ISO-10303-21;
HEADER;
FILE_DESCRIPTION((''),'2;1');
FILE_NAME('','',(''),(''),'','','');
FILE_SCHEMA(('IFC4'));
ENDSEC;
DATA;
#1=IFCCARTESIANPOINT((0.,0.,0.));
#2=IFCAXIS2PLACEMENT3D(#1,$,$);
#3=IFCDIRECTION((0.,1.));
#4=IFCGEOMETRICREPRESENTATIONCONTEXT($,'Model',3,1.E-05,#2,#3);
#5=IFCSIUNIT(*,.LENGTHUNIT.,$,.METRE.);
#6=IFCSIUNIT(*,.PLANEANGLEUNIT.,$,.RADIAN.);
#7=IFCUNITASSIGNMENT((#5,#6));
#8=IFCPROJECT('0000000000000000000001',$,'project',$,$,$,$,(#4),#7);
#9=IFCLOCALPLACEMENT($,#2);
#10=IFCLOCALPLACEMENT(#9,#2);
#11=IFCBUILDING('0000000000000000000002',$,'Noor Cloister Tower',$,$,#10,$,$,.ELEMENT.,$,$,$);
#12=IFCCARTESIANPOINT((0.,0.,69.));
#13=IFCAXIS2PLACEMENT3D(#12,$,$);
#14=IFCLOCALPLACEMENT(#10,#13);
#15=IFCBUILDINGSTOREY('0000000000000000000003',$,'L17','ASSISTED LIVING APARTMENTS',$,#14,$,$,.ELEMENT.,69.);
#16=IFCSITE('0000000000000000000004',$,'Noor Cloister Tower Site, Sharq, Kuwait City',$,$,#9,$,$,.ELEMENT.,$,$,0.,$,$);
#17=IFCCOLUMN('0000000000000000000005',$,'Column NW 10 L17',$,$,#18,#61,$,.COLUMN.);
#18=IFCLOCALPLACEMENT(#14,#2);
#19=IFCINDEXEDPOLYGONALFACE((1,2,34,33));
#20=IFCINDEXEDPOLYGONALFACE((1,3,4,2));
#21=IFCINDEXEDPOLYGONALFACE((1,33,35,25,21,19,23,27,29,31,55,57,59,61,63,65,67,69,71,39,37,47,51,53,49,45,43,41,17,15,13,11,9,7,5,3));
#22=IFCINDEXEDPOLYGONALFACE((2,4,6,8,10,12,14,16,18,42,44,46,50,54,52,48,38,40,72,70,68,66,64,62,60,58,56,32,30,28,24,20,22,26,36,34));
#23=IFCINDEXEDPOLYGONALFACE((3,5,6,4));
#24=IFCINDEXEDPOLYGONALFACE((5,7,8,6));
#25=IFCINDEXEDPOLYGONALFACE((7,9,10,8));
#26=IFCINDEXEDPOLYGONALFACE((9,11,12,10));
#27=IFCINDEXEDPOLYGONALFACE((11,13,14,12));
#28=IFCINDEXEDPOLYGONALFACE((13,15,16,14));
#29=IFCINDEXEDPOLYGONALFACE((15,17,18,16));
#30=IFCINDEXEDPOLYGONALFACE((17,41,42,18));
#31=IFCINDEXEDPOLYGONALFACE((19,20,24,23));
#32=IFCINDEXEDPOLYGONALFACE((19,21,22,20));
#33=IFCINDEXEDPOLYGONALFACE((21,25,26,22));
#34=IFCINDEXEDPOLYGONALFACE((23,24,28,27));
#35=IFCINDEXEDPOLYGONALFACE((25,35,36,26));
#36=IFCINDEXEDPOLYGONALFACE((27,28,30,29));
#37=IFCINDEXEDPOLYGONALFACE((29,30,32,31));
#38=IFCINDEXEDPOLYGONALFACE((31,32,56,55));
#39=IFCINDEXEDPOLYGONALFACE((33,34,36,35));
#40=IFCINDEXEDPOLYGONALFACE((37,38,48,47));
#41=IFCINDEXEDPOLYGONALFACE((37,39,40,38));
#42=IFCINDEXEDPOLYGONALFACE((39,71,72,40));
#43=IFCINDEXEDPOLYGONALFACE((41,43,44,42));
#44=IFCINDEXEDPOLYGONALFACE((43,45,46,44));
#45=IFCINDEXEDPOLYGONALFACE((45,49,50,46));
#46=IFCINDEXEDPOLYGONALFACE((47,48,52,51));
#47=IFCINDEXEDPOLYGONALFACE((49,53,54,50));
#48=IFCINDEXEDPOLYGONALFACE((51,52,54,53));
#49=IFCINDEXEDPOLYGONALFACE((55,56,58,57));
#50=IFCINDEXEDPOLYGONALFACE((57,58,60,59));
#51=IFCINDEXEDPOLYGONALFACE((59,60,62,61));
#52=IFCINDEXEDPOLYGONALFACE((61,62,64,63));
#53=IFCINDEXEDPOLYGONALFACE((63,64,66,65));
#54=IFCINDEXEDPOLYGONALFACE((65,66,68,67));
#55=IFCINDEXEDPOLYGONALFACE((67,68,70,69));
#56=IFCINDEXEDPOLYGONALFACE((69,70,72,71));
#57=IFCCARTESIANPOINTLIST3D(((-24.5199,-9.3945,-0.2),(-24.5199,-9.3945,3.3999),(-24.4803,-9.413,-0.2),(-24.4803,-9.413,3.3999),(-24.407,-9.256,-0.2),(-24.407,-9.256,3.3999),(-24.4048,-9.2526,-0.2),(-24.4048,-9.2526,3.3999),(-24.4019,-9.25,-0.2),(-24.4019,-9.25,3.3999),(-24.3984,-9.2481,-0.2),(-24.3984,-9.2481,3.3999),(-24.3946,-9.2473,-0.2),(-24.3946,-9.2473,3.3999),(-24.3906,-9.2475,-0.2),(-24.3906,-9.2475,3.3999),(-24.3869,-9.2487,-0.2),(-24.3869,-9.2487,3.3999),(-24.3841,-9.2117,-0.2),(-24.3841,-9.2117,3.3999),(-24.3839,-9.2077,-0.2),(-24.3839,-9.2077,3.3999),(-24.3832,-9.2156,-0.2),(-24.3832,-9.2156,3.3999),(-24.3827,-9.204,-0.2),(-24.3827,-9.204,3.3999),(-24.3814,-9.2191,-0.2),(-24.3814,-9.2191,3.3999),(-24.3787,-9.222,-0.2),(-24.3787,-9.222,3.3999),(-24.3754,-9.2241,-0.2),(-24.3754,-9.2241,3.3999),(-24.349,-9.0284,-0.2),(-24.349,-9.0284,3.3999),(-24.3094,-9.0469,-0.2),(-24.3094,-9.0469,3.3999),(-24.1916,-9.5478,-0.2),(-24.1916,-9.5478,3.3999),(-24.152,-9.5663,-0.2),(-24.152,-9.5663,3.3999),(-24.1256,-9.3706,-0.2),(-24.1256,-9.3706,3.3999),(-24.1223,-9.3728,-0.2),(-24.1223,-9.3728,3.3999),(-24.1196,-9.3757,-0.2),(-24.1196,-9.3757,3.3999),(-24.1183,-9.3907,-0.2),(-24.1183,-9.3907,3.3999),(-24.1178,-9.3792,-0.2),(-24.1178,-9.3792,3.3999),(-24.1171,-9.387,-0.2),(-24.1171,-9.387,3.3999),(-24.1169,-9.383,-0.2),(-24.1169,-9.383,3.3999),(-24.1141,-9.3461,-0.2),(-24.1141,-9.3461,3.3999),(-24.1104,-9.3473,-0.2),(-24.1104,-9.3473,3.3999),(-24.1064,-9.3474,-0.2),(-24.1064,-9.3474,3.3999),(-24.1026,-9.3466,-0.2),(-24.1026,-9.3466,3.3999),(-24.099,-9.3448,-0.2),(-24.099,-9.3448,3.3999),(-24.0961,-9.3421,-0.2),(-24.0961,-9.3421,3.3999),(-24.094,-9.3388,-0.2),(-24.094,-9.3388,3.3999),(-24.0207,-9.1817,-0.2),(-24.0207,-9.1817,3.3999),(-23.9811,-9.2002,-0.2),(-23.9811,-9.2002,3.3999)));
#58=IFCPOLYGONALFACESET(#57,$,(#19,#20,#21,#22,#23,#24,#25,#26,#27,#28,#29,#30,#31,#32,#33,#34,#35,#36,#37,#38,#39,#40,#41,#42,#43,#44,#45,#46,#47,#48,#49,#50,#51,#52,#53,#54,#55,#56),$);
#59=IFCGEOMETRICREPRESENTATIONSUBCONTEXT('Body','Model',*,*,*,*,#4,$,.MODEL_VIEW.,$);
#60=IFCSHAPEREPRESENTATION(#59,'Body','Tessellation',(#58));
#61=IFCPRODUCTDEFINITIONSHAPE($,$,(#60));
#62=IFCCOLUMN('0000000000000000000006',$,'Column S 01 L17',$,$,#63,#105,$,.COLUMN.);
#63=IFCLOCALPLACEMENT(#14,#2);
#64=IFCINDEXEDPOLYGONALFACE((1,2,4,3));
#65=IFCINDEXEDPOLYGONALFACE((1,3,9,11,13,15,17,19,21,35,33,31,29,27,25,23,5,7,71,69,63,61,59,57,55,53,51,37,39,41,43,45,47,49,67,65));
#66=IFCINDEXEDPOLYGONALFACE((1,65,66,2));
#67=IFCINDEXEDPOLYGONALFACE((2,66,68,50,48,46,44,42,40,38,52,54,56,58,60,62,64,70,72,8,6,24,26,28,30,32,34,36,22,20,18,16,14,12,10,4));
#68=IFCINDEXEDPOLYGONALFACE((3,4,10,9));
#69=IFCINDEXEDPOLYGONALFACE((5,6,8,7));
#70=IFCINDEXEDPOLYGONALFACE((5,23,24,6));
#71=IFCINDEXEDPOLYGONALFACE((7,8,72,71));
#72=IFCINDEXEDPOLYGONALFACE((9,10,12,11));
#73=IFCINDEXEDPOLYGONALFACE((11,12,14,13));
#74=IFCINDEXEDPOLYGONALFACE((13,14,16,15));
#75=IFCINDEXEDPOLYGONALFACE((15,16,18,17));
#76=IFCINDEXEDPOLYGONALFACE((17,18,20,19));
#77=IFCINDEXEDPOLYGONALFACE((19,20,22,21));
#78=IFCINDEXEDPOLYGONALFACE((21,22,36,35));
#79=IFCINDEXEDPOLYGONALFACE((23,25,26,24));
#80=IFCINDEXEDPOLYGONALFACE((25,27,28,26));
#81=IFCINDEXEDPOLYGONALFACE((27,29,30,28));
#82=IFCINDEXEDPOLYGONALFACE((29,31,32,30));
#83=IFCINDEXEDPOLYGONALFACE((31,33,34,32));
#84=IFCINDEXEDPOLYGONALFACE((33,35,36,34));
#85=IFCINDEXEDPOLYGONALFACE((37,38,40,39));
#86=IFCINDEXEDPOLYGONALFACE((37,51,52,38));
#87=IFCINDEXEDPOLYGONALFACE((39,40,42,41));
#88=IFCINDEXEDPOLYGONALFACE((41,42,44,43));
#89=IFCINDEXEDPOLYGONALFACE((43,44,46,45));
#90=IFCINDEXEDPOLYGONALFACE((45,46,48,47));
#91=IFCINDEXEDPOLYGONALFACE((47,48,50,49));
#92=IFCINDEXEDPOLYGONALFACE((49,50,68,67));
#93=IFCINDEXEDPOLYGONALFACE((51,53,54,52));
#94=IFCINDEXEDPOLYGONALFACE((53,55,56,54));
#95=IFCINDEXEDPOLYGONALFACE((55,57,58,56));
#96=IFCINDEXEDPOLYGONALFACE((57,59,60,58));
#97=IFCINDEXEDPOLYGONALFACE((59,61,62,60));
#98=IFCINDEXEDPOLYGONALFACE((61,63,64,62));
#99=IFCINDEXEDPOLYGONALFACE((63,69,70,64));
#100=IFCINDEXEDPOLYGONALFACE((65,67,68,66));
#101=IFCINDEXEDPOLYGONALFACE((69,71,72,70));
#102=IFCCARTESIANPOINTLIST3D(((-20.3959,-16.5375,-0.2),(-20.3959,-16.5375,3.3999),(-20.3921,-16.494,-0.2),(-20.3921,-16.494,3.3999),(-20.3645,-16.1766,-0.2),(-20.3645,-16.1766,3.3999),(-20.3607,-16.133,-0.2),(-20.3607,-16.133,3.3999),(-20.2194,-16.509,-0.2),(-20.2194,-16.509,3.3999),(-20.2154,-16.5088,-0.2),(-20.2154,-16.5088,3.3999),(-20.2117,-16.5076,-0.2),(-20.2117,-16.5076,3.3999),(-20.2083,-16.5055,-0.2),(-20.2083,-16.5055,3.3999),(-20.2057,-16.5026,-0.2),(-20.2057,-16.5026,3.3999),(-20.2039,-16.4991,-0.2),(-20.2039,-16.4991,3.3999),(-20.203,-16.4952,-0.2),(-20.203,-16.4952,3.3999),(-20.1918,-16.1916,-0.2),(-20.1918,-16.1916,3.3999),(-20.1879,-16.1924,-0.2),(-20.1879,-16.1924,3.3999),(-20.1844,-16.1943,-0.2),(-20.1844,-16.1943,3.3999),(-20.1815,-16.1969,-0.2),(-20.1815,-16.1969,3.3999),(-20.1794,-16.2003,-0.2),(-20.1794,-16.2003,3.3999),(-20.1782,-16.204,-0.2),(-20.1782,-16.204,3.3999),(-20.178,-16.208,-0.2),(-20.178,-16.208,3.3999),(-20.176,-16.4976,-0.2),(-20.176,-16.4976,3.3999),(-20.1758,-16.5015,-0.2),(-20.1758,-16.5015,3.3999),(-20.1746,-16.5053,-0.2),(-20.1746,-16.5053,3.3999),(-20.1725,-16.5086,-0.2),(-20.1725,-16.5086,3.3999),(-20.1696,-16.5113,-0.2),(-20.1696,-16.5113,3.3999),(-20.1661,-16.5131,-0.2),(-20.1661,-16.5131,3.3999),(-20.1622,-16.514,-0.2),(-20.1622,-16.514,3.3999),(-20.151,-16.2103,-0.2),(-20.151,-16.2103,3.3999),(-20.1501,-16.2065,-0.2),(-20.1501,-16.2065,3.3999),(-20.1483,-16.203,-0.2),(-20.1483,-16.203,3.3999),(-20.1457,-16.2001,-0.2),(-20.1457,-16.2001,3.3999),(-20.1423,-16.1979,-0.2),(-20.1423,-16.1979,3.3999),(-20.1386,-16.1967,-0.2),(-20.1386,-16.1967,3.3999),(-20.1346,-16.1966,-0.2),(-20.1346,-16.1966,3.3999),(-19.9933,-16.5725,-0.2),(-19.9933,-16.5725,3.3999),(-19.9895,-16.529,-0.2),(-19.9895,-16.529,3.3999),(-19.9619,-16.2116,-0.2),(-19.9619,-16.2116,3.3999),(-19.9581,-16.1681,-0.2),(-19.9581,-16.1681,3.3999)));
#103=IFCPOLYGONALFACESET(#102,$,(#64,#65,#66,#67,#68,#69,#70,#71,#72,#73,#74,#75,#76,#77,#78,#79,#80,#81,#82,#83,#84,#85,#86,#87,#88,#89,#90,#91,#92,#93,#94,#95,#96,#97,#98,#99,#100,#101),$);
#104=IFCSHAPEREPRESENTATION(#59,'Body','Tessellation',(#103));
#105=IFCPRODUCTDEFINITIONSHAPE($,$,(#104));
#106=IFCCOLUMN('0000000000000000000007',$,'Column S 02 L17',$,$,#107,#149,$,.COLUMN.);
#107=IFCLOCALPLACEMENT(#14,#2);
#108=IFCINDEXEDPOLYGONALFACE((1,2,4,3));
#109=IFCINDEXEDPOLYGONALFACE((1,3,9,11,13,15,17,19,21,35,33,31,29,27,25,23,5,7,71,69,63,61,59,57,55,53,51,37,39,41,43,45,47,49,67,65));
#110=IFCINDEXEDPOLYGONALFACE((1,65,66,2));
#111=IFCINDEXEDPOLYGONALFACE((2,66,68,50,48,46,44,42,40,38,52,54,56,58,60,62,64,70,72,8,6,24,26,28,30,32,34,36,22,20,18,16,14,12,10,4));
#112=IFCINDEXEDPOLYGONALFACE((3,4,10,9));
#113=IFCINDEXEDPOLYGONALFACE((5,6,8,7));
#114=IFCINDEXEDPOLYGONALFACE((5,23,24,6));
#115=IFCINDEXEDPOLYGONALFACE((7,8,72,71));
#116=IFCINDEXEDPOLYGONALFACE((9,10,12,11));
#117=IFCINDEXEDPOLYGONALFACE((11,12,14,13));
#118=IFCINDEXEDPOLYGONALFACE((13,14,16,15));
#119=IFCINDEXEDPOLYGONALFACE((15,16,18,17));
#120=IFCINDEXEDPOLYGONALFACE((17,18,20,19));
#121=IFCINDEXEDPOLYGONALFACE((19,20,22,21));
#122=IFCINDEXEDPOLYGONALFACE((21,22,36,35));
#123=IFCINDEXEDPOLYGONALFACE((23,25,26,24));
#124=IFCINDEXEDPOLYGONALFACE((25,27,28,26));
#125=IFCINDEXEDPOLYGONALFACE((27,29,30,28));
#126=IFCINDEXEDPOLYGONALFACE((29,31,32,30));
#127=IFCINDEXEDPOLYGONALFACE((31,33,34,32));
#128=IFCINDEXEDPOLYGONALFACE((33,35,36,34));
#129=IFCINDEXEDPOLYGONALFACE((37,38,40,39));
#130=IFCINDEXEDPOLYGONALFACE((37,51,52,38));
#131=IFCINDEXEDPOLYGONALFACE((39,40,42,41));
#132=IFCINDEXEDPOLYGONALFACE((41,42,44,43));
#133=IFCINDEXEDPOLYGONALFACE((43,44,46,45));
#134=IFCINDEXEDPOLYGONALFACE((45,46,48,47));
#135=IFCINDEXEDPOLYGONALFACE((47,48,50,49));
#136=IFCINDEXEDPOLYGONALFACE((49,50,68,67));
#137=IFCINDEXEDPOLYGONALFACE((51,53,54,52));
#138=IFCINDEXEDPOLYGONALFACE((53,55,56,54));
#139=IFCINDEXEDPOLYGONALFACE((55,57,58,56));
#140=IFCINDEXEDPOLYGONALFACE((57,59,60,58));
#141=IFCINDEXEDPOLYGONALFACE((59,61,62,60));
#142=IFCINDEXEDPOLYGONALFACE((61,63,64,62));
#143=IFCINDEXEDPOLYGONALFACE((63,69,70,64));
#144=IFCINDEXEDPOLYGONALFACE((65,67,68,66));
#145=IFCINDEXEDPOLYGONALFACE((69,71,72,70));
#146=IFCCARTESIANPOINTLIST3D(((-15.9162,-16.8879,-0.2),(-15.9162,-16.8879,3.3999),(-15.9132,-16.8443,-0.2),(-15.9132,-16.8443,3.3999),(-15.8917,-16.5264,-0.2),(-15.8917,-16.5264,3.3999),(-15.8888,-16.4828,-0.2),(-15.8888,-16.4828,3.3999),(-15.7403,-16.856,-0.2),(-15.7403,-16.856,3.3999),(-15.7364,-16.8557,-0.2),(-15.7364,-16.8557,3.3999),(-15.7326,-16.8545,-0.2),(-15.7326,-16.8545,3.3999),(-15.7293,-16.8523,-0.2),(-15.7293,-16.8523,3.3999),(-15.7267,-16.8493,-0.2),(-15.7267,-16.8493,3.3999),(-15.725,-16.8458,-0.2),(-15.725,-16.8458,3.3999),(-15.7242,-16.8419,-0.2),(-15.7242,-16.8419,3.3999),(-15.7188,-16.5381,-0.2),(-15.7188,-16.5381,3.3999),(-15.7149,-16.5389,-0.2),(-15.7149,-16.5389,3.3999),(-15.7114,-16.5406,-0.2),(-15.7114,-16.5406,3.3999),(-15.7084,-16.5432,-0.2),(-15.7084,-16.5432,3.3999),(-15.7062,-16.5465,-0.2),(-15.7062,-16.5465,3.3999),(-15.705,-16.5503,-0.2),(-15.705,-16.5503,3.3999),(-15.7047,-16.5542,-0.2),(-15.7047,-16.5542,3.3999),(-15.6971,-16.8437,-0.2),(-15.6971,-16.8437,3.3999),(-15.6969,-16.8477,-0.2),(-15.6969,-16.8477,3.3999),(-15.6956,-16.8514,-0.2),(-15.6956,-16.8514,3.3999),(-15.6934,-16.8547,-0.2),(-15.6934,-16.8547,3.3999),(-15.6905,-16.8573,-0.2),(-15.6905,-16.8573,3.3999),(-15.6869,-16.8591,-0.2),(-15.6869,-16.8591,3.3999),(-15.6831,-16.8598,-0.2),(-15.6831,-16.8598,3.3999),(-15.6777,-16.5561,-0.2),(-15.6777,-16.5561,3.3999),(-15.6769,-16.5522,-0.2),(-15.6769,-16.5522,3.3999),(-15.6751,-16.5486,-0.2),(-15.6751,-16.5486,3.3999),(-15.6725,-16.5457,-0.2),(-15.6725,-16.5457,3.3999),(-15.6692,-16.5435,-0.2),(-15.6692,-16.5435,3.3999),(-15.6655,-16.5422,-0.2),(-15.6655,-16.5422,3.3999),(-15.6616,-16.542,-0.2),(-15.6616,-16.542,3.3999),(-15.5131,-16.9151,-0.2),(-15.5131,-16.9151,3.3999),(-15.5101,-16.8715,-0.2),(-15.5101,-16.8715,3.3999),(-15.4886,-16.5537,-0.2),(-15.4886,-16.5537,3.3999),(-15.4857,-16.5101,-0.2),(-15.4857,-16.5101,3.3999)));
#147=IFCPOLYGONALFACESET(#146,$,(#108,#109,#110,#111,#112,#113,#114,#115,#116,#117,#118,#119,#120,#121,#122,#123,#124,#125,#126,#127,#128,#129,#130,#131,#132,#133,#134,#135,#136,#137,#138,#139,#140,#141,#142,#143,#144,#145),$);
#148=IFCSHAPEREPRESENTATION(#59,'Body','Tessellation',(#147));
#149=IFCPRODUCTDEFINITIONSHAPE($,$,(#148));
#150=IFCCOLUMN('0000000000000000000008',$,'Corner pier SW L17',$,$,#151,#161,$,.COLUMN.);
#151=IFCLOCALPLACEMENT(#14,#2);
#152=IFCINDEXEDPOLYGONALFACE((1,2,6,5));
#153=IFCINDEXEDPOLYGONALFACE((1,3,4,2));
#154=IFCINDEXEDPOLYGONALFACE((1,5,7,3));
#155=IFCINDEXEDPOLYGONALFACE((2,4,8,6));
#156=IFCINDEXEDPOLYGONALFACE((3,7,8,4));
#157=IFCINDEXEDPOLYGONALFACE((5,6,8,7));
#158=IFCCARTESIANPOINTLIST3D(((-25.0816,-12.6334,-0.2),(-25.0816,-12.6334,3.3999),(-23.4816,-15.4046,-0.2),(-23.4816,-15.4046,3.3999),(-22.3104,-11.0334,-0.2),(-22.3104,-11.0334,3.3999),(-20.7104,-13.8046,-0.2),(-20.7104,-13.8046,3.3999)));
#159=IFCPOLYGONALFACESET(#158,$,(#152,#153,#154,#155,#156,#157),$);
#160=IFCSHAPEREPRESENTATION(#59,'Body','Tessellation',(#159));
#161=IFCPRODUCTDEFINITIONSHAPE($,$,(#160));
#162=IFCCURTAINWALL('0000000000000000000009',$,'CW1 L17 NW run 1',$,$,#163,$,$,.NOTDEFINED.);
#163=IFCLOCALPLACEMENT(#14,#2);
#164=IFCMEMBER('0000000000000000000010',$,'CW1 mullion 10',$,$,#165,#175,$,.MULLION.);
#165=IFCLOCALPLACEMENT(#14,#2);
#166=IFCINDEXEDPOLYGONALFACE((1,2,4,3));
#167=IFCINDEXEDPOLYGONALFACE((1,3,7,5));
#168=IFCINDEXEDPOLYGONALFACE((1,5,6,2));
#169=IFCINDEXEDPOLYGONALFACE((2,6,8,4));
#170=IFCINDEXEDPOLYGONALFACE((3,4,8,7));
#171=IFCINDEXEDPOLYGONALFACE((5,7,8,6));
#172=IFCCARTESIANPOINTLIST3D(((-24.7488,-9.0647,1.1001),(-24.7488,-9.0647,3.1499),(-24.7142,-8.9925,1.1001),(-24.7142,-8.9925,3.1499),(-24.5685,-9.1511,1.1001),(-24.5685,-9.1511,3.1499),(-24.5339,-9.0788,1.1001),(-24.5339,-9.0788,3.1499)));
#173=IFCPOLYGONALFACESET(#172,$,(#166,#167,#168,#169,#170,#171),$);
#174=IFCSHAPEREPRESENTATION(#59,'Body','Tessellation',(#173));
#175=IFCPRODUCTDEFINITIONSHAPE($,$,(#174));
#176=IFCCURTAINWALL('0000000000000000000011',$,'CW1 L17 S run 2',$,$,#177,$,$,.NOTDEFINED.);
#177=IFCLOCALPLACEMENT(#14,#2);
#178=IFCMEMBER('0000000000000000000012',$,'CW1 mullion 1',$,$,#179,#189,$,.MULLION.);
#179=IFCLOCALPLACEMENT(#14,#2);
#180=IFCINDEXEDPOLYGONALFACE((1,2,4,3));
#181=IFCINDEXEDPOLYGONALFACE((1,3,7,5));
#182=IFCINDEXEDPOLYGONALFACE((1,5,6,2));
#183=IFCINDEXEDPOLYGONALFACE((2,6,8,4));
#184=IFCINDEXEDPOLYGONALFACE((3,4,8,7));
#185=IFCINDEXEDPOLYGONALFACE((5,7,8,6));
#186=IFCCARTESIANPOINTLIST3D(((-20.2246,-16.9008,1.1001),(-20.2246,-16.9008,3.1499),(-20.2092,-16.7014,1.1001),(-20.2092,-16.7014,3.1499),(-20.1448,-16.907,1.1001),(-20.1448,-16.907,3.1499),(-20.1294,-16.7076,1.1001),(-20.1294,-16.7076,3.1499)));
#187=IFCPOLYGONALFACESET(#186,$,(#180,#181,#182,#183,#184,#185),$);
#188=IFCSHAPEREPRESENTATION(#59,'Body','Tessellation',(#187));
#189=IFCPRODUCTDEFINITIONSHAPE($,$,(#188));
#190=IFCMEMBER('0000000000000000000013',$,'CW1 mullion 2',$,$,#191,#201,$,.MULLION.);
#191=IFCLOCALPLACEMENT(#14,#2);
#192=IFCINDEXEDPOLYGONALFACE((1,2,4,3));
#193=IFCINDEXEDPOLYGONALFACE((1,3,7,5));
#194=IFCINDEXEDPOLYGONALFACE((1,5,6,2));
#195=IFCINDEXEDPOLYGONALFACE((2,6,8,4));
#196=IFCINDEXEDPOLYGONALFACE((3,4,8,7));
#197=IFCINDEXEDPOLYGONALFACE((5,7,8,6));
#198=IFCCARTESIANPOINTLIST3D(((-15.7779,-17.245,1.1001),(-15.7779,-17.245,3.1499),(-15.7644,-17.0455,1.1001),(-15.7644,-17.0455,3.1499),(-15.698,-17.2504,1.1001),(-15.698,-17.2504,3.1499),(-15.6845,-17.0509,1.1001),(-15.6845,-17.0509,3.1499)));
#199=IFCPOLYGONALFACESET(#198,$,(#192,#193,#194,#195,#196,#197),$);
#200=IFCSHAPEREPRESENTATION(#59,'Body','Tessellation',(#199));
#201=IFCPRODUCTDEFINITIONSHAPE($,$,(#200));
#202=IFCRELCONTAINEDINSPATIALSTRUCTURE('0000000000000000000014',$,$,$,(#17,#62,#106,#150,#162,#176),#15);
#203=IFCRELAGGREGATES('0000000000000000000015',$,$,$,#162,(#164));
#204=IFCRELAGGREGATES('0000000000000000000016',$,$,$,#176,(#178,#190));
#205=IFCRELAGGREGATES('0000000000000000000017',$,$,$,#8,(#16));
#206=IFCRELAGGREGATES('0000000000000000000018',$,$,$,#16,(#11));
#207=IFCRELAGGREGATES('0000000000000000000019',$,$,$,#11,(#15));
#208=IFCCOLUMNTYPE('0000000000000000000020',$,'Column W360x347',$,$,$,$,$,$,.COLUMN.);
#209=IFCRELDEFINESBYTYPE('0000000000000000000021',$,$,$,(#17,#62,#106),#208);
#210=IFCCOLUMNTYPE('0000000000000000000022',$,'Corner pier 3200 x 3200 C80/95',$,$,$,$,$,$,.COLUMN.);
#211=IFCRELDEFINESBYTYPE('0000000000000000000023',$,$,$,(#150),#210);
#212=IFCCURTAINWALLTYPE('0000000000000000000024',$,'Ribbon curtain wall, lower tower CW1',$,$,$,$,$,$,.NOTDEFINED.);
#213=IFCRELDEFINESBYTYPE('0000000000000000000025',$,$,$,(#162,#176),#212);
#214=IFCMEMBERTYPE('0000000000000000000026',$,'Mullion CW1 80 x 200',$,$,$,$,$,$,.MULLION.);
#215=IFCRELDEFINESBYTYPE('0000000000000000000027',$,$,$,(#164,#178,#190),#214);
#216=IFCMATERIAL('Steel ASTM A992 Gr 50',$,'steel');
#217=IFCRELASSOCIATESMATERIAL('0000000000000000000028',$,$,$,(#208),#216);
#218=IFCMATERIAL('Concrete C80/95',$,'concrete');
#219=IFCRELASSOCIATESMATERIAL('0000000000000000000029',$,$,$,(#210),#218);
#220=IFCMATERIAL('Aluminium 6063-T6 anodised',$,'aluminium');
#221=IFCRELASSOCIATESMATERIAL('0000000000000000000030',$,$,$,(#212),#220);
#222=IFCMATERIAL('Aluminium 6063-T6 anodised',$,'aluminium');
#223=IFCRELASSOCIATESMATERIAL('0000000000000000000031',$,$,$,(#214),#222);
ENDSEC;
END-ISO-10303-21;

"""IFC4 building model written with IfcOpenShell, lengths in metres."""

from ifc_helpers import new_model, si_unit, direction, frame, origin, origin_2d, place, context, subcontext, project, spatial, rectangle, i_section, extrude, material, material_profile, profile_set, type_object, element, aggregate, save


model = new_model("IFC4")

# Units and contexts
model_context = context("Model", 3, precision=1e-05, world=origin(), true_north=direction((0.0, 1.0)))
body_context = subcontext(model_context, "Body", "Model", "MODEL_VIEW")
ifc_project = project(units=[si_unit("LENGTHUNIT", "METRE"), si_unit("PLANEANGLEUNIT", "RADIAN")], contexts=[model_context])

# Site, building, storey
site_placement = place(None, origin())
site = spatial("IfcSite", under=ifc_project, at=site_placement, Name="Noor Cloister Tower Site, Sharq, Kuwait City", CompositionType="ELEMENT", RefElevation=0.0)
building_placement = place(site_placement, origin())
building = spatial("IfcBuilding", under=site, at=building_placement, Name="Noor Cloister Tower", CompositionType="ELEMENT")
storey_placement = place(building_placement, frame((0.0, 0.0, 69.0)))
storey = spatial("IfcBuildingStorey", under=building, at=storey_placement, Name="L17", Description="ASSISTED LIVING APARTMENTS", CompositionType="ELEMENT", Elevation=69.0)

# Columns
ifc_material_1 = material(Name="Steel ASTM A992 Gr 50", Category="steel")
ifc_material_profile_1 = material_profile(ifc_material_1, i_section(OverallWidth=0.4041, OverallDepth=0.406, WebThickness=0.0271, FlangeThickness=0.0437, FilletRadius=0.0151, at=origin_2d()), Name="W360x347")
ifc_profile_set_1 = profile_set([ifc_material_profile_1], Name="Steel ASTM A992 Gr 50")
column_type_1 = type_object("IfcColumnType", Name="Column W360x347", PredefinedType="COLUMN", material=ifc_profile_set_1)
for number, where, z_axis, x_axis, name in (
    (1, (-24.2505, -9.2974, -0.2), (0.0, 0.0, 1.0), (-0.423027, -0.906117, 0.0), "Column NW 10 L17"),
    (2, (-20.177, -16.3528, -0.2), (0.0, 0.0, 1.0), (0.996234, -0.086706, 0.0), "Column S 01 L17"),
    (3, (-15.7009, -16.699, -0.2), (0.0, 0.0, 1.0), (0.997721, -0.067472, 0.0), "Column S 02 L17"),
):
    element("IfcColumn", number, at=place(storey_placement, frame(where, z_axis=z_axis, x_axis=x_axis)), inside=storey, type_object=column_type_1, Name=name, PredefinedType="COLUMN", context=body_context, shape_type="SweptSolid", body=[
        extrude(i_section(OverallWidth=0.4041, OverallDepth=0.406, WebThickness=0.0271, FlangeThickness=0.0437, FilletRadius=0.0151, at=origin_2d()), origin(), (0.0, 0.0, 1.0), 3.5999),
    ])
ifc_material_2 = material(Name="Concrete C80/95", Category="concrete")
ifc_material_profile_2 = material_profile(ifc_material_2, rectangle(XDim=3.2, YDim=3.2, at=origin_2d()), Name="RC 3200x3200")
ifc_profile_set_2 = profile_set([ifc_material_profile_2], Name="Concrete C80/95")
column_type_2 = type_object("IfcColumnType", Name="Corner pier 3200 x 3200 C80/95", PredefinedType="COLUMN", material=ifc_profile_set_2)
column_placement = place(storey_placement, frame((-22.896, -13.219, -0.2), z_axis=(0.0, 0.0, 1.0), x_axis=(-0.866025, -0.5, 0.0)))
element("IfcColumn", 4, at=column_placement, inside=storey, type_object=column_type_2, Name="Corner pier SW L17", PredefinedType="COLUMN", context=body_context, shape_type="SweptSolid", body=[
    extrude(rectangle(XDim=3.2, YDim=3.2, at=origin_2d()), origin(), (0.0, 0.0, 1.0), 3.5999),
])

# Curtain wall, member
ifc_material_3 = material(Name="Aluminium 6063-T6 anodised", Category="aluminium")
curtain_wall_type = type_object("IfcCurtainWallType", Name="Ribbon curtain wall, lower tower CW1", PredefinedType="NOTDEFINED", material=ifc_material_3)
curtain_wall_1_placement = place(storey_placement, origin())
curtain_wall_1 = element("IfcCurtainWall", 5, at=curtain_wall_1_placement, inside=storey, type_object=curtain_wall_type, Name="CW1 L17 NW run 1", PredefinedType="NOTDEFINED")
ifc_material_4 = material(Name="Aluminium 6063-T6 anodised", Category="aluminium")
ifc_material_profile_3 = material_profile(ifc_material_4, rectangle(XDim=0.2, YDim=0.0801, at=origin_2d()), Name="200 x 80 mullion")
ifc_profile_set_3 = profile_set([ifc_material_profile_3], Name="Aluminium 6063-T6 anodised")
member_type = type_object("IfcMemberType", Name="Mullion CW1 80 x 200", PredefinedType="MULLION", material=ifc_profile_set_3)
member_1_placement = place(storey_placement, frame((-24.6414, -9.0718, 1.1001), z_axis=(0.0, 0.0, 1.0), x_axis=(0.901994, -0.431748, 0.0)))
member_1 = element("IfcMember", 6, at=member_1_placement, type_object=member_type, Name="CW1 mullion 10", PredefinedType="MULLION", context=body_context, shape_type="SweptSolid", body=[
    extrude(rectangle(XDim=0.2, YDim=0.0801, at=origin_2d()), origin(), (0.0, 0.0, 1.0), 2.0498),
])

# Curtain wall, members
curtain_wall_2_placement = place(storey_placement, origin())
curtain_wall_2 = element("IfcCurtainWall", 7, at=curtain_wall_2_placement, inside=storey, type_object=curtain_wall_type, Name="CW1 L17 S run 2", PredefinedType="NOTDEFINED")
member_2_placement = place(storey_placement, frame((-20.177, -16.8042, 1.1001), z_axis=(0.0, 0.0, 1.0), x_axis=(0.077093, 0.997024, 0.0)))
member_2 = element("IfcMember", 8, at=member_2_placement, type_object=member_type, Name="CW1 mullion 1", PredefinedType="MULLION", context=body_context, shape_type="SweptSolid", body=[
    extrude(rectangle(XDim=0.2, YDim=0.0801, at=origin_2d()), origin(), (0.0, 0.0, 1.0), 2.0498),
])
member_3_placement = place(storey_placement, frame((-15.7312, -17.1479, 1.1001), z_axis=(0.0, 0.0, 1.0), x_axis=(0.067472, 0.997721, 0.0)))
member_3 = element("IfcMember", 9, at=member_3_placement, type_object=member_type, Name="CW1 mullion 2", PredefinedType="MULLION", context=body_context, shape_type="SweptSolid", body=[
    extrude(rectangle(XDim=0.2, YDim=0.0801, at=origin_2d()), origin(), (0.0, 0.0, 1.0), 2.0498),
])

aggregate(curtain_wall_1, [member_1])
aggregate(curtain_wall_2, [member_2, member_3])

save(model, "model.ifc")
